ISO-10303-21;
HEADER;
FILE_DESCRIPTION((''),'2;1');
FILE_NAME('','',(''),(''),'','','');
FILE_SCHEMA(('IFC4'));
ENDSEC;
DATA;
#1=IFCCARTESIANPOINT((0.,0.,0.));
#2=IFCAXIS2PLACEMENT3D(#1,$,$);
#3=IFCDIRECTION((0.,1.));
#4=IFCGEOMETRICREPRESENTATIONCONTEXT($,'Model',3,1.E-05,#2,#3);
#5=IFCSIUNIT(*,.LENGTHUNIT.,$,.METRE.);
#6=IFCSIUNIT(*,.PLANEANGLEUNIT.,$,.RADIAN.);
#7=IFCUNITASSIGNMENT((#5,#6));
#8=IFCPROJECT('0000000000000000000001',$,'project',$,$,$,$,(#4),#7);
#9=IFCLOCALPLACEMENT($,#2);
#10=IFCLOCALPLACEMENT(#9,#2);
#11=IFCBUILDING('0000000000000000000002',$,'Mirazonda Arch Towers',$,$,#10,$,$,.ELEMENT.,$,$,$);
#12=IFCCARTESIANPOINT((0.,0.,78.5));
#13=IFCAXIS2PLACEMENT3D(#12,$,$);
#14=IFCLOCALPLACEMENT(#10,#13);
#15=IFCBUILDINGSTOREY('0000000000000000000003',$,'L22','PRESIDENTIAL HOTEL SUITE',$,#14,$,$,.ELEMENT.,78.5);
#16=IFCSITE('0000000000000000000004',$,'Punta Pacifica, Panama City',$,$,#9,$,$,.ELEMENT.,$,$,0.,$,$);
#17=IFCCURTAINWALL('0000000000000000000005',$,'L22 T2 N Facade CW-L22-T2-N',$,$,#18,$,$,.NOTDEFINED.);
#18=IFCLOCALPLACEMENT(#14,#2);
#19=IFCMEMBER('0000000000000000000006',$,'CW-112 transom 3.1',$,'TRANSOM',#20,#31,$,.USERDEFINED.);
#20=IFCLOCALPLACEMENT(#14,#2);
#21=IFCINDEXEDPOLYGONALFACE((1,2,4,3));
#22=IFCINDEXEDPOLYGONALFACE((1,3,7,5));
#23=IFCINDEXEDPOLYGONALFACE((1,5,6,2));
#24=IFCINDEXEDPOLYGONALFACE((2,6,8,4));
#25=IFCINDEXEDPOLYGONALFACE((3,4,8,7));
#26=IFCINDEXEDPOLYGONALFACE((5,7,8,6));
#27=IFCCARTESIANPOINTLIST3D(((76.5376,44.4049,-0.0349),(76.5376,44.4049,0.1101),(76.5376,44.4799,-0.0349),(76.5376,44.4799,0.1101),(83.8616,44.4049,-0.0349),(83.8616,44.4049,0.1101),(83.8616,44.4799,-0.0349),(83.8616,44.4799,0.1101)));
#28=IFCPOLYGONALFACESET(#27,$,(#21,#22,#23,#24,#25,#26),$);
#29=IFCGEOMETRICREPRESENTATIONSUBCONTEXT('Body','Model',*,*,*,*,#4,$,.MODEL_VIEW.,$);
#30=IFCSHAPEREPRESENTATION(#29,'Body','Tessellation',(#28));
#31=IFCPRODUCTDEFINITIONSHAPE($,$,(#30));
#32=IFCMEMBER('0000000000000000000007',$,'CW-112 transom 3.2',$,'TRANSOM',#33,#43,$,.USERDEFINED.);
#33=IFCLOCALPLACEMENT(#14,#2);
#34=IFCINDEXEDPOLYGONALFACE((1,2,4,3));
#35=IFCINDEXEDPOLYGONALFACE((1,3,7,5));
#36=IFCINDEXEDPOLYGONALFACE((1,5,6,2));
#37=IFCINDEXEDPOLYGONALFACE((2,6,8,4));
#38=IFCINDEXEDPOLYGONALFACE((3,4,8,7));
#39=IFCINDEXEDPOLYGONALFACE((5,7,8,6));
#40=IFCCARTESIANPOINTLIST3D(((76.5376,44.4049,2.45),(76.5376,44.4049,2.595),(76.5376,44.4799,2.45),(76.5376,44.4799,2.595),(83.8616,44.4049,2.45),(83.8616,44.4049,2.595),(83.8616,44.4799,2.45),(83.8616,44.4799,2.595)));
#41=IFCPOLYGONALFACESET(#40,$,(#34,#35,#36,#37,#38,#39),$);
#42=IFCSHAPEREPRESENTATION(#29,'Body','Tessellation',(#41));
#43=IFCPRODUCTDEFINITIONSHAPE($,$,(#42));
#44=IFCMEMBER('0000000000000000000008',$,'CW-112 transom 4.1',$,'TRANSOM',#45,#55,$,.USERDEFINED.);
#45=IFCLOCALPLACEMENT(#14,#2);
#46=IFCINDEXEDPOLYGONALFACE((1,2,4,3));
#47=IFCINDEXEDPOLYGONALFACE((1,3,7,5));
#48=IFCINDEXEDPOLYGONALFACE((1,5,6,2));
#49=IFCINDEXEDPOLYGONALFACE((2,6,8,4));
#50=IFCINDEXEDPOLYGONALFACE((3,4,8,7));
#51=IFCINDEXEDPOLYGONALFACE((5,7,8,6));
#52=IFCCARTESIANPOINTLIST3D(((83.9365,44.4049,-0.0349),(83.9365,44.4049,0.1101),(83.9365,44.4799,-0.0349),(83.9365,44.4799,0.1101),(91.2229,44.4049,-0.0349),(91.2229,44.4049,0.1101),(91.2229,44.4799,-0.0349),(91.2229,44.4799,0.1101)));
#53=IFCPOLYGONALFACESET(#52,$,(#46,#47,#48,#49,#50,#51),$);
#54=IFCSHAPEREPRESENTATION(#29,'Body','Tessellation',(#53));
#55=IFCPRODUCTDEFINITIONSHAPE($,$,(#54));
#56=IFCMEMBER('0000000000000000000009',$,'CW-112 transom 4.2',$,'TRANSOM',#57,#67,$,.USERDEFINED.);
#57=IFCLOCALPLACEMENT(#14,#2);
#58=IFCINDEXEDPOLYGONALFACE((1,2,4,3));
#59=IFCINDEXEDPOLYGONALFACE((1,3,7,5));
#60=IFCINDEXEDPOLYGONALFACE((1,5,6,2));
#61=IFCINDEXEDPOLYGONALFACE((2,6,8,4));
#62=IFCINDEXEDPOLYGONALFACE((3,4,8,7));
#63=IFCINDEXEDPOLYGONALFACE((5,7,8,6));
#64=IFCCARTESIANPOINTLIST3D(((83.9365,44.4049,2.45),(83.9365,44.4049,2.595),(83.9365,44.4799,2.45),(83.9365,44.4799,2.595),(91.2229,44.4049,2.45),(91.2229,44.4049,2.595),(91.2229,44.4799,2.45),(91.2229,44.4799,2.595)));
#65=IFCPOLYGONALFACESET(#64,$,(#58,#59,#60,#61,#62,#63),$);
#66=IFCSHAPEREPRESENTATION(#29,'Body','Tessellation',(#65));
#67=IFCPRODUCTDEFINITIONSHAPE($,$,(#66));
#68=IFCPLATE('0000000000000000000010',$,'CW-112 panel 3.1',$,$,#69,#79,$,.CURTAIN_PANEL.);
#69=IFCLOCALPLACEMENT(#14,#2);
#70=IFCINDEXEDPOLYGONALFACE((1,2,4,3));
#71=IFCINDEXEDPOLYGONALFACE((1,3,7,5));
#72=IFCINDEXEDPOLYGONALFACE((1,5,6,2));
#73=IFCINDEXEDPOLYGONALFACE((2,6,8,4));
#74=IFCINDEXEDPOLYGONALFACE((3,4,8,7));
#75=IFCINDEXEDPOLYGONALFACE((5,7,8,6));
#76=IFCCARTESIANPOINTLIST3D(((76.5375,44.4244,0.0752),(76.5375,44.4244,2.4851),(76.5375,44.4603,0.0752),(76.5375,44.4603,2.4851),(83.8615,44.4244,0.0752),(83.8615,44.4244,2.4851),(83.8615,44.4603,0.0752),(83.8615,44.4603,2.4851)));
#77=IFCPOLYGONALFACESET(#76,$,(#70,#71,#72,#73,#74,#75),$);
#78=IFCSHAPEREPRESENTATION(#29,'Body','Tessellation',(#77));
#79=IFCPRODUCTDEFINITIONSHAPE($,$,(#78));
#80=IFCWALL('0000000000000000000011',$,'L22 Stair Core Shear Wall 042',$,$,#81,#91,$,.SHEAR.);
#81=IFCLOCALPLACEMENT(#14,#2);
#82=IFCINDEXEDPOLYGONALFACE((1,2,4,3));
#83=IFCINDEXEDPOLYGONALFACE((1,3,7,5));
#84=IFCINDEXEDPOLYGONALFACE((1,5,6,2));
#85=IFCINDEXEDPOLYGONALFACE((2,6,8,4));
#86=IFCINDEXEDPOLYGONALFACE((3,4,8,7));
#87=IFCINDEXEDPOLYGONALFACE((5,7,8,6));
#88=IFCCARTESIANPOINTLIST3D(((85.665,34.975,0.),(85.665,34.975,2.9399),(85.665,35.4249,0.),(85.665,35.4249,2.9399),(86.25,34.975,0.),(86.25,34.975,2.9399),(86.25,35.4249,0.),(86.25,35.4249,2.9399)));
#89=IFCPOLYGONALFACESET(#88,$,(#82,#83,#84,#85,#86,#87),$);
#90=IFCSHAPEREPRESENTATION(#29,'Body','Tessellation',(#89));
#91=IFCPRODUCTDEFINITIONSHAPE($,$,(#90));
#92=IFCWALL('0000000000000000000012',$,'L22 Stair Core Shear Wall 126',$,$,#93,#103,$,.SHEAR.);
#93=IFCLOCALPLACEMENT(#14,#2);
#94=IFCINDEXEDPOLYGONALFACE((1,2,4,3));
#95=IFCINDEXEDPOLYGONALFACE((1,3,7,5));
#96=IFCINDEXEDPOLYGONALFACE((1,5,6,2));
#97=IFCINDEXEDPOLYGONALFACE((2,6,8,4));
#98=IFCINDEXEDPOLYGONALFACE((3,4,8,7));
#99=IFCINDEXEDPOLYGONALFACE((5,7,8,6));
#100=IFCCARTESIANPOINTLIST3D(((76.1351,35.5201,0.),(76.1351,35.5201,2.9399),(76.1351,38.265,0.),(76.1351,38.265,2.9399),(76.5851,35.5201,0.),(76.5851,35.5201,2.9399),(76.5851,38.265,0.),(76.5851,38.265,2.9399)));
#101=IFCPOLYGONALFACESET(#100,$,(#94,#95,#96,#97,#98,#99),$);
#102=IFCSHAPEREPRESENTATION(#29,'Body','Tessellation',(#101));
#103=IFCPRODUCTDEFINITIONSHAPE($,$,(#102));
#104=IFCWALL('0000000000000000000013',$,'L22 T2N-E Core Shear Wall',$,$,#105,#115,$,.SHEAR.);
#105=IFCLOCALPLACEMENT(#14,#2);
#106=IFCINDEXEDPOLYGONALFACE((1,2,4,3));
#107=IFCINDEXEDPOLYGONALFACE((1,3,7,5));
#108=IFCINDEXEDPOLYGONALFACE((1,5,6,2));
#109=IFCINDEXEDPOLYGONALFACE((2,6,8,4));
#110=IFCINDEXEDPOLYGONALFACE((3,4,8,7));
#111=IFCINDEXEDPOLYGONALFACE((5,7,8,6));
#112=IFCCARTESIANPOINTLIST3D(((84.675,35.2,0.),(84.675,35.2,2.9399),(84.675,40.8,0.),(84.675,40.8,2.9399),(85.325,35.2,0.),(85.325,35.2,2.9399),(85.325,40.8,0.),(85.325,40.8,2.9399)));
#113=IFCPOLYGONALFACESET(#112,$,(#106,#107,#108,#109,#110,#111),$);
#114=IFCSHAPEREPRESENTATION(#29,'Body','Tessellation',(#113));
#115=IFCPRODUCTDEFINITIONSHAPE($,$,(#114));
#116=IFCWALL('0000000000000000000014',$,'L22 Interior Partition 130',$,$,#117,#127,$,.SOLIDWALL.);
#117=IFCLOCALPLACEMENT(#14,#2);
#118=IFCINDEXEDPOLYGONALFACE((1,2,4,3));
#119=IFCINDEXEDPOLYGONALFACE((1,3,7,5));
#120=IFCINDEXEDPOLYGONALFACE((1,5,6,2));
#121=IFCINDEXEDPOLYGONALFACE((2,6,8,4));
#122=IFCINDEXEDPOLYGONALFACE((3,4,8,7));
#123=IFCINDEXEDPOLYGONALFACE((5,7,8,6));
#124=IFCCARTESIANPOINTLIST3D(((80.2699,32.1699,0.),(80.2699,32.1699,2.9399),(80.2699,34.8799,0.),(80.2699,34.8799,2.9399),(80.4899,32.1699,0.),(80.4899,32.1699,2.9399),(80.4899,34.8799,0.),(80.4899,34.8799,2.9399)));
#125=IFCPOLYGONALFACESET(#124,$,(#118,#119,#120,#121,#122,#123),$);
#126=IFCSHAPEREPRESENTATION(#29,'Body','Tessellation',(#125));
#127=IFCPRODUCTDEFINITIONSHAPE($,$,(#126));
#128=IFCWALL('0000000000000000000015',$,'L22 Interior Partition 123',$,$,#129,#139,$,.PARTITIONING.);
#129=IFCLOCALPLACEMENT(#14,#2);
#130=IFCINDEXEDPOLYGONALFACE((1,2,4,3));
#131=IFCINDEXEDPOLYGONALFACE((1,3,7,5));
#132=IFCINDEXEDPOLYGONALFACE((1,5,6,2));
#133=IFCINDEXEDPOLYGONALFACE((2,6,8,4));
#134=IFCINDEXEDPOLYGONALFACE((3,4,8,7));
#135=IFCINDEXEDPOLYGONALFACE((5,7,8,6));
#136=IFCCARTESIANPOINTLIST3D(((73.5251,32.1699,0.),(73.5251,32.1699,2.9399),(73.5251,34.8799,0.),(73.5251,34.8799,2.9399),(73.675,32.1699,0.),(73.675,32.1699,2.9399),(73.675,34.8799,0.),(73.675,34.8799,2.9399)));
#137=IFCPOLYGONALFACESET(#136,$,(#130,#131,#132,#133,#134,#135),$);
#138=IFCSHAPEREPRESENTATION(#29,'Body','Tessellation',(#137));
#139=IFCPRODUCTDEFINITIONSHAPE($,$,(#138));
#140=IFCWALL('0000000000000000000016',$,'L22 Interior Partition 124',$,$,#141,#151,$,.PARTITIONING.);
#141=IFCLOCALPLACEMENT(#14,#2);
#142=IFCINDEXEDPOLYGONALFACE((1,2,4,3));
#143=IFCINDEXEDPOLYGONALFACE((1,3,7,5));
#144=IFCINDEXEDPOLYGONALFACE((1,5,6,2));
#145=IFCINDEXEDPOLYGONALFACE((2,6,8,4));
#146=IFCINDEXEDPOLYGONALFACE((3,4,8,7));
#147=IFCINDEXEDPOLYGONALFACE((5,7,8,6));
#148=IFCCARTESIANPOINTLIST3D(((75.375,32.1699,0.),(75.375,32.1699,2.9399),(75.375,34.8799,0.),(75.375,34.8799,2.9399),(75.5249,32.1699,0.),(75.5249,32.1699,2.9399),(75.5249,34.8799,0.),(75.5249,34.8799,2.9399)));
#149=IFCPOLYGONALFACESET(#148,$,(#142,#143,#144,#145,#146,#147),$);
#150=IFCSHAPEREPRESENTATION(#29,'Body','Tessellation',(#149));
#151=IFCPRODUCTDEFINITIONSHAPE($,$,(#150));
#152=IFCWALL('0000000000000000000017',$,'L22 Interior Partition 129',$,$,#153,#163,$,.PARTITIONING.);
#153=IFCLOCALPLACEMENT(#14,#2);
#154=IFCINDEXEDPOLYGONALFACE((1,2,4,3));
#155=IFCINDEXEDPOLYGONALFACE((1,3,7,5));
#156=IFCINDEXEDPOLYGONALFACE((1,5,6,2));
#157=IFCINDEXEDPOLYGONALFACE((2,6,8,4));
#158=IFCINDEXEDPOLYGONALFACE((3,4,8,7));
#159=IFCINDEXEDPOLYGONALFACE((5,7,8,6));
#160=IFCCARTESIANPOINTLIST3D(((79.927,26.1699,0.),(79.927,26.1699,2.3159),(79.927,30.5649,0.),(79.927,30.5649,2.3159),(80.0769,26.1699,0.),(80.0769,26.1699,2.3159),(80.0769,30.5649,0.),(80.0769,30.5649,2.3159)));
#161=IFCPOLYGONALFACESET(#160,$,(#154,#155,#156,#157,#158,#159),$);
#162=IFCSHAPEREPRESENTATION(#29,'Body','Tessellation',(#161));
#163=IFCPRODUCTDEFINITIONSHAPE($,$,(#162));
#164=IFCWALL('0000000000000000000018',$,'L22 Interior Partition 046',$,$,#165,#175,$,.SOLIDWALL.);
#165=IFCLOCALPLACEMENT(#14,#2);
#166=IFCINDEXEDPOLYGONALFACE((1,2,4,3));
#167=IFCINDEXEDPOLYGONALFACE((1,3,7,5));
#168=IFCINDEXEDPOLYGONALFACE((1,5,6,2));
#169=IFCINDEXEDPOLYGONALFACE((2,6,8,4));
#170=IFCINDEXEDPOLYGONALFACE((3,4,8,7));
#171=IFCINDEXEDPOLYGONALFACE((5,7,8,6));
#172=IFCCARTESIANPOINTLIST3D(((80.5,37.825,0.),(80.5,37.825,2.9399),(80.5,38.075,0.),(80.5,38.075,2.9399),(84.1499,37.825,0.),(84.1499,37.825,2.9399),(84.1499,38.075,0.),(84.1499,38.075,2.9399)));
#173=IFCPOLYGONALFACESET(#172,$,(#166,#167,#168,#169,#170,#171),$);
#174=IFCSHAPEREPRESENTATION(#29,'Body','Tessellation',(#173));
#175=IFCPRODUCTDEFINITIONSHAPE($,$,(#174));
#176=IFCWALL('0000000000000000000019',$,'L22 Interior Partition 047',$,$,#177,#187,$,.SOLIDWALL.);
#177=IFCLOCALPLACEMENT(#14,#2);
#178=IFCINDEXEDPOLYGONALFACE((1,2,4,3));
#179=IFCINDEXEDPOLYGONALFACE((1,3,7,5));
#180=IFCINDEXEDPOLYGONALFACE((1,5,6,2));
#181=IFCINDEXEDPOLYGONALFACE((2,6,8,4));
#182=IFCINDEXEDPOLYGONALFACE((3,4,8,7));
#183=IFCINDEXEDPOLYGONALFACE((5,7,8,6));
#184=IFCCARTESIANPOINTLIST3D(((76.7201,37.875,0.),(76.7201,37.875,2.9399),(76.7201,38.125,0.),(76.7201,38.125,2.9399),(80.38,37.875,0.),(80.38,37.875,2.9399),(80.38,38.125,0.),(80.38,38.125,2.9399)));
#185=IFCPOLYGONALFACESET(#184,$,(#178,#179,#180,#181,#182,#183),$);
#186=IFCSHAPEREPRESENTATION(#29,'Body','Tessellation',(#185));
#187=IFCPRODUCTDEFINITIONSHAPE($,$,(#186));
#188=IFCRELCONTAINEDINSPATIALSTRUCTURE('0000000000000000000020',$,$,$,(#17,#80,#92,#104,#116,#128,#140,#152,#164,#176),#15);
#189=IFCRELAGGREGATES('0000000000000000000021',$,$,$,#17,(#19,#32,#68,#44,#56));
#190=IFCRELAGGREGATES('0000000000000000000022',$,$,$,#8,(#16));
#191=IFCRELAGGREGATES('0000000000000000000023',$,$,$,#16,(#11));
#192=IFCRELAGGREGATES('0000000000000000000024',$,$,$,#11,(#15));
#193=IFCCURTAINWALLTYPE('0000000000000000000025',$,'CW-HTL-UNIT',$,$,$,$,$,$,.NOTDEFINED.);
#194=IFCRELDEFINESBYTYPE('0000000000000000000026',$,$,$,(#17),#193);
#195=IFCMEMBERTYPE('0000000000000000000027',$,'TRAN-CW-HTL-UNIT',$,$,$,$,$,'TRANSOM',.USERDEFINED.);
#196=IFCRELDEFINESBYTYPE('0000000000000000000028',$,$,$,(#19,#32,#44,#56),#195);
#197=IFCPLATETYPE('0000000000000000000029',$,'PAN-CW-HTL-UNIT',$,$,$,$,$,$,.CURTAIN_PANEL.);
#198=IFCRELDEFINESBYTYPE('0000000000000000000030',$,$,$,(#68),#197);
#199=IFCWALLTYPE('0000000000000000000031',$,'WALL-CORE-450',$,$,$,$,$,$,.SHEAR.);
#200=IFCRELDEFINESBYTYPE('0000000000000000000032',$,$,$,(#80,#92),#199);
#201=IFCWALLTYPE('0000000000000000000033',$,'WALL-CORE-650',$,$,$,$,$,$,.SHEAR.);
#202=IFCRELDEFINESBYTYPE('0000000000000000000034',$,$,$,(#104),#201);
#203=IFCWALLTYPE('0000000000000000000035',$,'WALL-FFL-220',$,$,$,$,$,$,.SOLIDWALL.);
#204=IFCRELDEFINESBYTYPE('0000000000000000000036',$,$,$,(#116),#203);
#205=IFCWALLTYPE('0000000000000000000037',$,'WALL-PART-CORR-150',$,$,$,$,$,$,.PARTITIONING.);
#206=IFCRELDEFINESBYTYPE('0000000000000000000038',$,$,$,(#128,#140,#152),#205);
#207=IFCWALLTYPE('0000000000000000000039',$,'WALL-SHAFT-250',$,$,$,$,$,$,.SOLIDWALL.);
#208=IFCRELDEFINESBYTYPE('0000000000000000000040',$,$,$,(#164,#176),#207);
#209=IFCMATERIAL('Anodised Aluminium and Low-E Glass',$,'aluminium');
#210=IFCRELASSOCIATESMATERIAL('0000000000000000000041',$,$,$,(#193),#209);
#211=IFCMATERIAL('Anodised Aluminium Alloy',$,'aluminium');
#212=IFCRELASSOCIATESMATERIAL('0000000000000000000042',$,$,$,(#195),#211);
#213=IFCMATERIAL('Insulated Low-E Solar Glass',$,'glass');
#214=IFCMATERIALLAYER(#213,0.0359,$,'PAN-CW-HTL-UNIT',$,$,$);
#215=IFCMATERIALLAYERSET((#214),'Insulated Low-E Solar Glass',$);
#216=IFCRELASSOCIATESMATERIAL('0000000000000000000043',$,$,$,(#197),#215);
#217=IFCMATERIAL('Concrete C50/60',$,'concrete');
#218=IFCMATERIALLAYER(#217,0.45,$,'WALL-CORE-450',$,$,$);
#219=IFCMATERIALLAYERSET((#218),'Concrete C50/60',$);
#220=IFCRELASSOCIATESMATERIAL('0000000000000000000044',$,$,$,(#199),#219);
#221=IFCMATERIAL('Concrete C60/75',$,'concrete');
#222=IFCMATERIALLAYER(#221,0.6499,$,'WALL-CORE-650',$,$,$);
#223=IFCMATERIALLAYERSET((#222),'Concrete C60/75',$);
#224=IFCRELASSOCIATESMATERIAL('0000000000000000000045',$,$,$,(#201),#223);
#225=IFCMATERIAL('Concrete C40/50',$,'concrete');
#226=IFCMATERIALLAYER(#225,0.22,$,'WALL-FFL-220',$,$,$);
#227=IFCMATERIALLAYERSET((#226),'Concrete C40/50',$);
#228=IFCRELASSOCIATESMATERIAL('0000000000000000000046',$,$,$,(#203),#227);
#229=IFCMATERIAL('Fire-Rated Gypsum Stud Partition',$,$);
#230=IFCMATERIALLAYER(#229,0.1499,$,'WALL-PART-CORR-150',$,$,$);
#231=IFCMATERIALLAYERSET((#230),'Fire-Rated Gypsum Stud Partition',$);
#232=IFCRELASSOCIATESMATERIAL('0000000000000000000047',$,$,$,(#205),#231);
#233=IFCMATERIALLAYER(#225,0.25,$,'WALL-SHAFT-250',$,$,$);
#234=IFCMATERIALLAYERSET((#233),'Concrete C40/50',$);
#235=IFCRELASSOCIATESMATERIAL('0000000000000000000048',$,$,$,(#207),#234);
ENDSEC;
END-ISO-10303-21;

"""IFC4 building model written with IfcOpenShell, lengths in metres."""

from ifc_helpers import new_model, si_unit, direction, frame, frame_2d, origin, origin_2d, place, context, subcontext, project, spatial, rectangle, extrude, material, layer, layer_set, material_profile, profile_set, type_object, element, aggregate, save


model = new_model("IFC4")

# Units and contexts
model_context = context("Model", 3, precision=1e-05, world=origin(), true_north=direction((0.0, 1.0)))
body_context = subcontext(model_context, "Body", "Model", "MODEL_VIEW")
ifc_project = project(units=[si_unit("LENGTHUNIT", "METRE"), si_unit("PLANEANGLEUNIT", "RADIAN")], contexts=[model_context])

# Site, building, storey
site_placement = place(None, origin())
site = spatial("IfcSite", under=ifc_project, at=site_placement, Name="Punta Pacifica, Panama City", CompositionType="ELEMENT", RefElevation=0.0)
building_placement = place(site_placement, origin())
building = spatial("IfcBuilding", under=site, at=building_placement, Name="Mirazonda Arch Towers", CompositionType="ELEMENT")
storey_placement = place(building_placement, frame((0.0, 0.0, 78.5)))
storey = spatial("IfcBuildingStorey", under=building, at=storey_placement, Name="L22", Description="PRESIDENTIAL HOTEL SUITE", CompositionType="ELEMENT", Elevation=78.5)

# Shared definitions
ifc_material_1 = material(Name="Concrete C60/75", Category="concrete")

# Curtain wall, members, plate
ifc_material_2 = material(Name="Anodised Aluminium and Low-E Glass", Category="aluminium")
curtain_wall_type = type_object("IfcCurtainWallType", Name="CW-HTL-UNIT", PredefinedType="NOTDEFINED", material=ifc_material_2)
curtain_wall_placement = place(storey_placement, origin())
curtain_wall = element("IfcCurtainWall", 1, at=curtain_wall_placement, inside=storey, type_object=curtain_wall_type, Name="L22 T2 N Facade CW-L22-T2-N", PredefinedType="NOTDEFINED")
ifc_material_3 = material(Name="Anodised Aluminium Alloy", Category="aluminium")
ifc_material_profile_1 = material_profile(ifc_material_3, rectangle(XDim=0.075, YDim=0.145, at=origin_2d()), Name="ALU-TRAN-75x145")
ifc_profile_set_1 = profile_set([ifc_material_profile_1], Name="Anodised Aluminium Alloy")
member_type_1 = type_object("IfcMemberType", Name="TRAN-CW-HTL-UNIT", ElementType="TRANSOM", PredefinedType="USERDEFINED", material=ifc_profile_set_1)
member_1_placement = place(storey_placement, frame((76.5376, 44.4424, 0.0376), z_axis=(1.0, 0.0, 0.0), x_axis=(0.0, 1.0, 0.0)))
member_1 = element("IfcMember", 2, at=member_1_placement, type_object=member_type_1, Name="CW-112 transom 3.1", ObjectType="TRANSOM", PredefinedType="USERDEFINED", context=body_context, shape_type="SweptSolid", body=[
    extrude(rectangle(XDim=0.075, YDim=0.145, at=origin_2d()), origin(), (0.0, 0.0, 1.0), 7.324),
])
member_2_placement = place(storey_placement, frame((76.5376, 44.4424, 2.5225), z_axis=(1.0, 0.0, 0.0), x_axis=(0.0, 1.0, 0.0)))
member_2 = element("IfcMember", 3, at=member_2_placement, type_object=member_type_1, Name="CW-112 transom 3.2", ObjectType="TRANSOM", PredefinedType="USERDEFINED", context=body_context, shape_type="SweptSolid", body=[
    extrude(rectangle(XDim=0.075, YDim=0.145, at=origin_2d()), origin(), (0.0, 0.0, 1.0), 7.324),
])
member_3_placement = place(storey_placement, frame((83.9365, 44.4424, 0.0376), z_axis=(1.0, 0.0, 0.0), x_axis=(0.0, 1.0, 0.0)))
member_3 = element("IfcMember", 4, at=member_3_placement, type_object=member_type_1, Name="CW-112 transom 4.1", ObjectType="TRANSOM", PredefinedType="USERDEFINED", context=body_context, shape_type="SweptSolid", body=[
    extrude(rectangle(XDim=0.075, YDim=0.145, at=origin_2d()), origin(), (0.0, 0.0, 1.0), 7.2864),
])
member_4_placement = place(storey_placement, frame((83.9365, 44.4424, 2.5225), z_axis=(1.0, 0.0, 0.0), x_axis=(0.0, 1.0, 0.0)))
member_4 = element("IfcMember", 5, at=member_4_placement, type_object=member_type_1, Name="CW-112 transom 4.2", ObjectType="TRANSOM", PredefinedType="USERDEFINED", context=body_context, shape_type="SweptSolid", body=[
    extrude(rectangle(XDim=0.075, YDim=0.145, at=origin_2d()), origin(), (0.0, 0.0, 1.0), 7.2864),
])
ifc_material_4 = material(Name="Insulated Low-E Solar Glass", Category="glass")
ifc_layer_1 = layer(ifc_material_4, 0.0359, Name="PAN-CW-HTL-UNIT")
ifc_layer_set_1 = layer_set([ifc_layer_1], Name="Insulated Low-E Solar Glass")
plate_type = type_object("IfcPlateType", Name="PAN-CW-HTL-UNIT", PredefinedType="CURTAIN_PANEL", material=ifc_layer_set_1)
plate_placement = place(storey_placement, frame((80.1995, 44.4424, 0.0752), z_axis=(0.0, 0.0, 1.0), x_axis=(1.0, 0.0, 0.0)))
plate = element("IfcPlate", 6, at=plate_placement, type_object=plate_type, Name="CW-112 panel 3.1", PredefinedType="CURTAIN_PANEL", context=body_context, shape_type="SweptSolid", body=[
    extrude(rectangle(XDim=7.324, YDim=0.0359, at=origin_2d()), origin(), (0.0, 0.0, 1.0), 2.4099),
])
aggregate(curtain_wall, [member_1, member_2, plate, member_3, member_4])

# Walls
ifc_material_5 = material(Name="Concrete C50/60", Category="concrete")
ifc_layer_2 = layer(ifc_material_5, 0.45, Name="WALL-CORE-450")
ifc_layer_set_2 = layer_set([ifc_layer_2], Name="Concrete C50/60")
wall_type_1 = type_object("IfcWallType", Name="WALL-CORE-450", PredefinedType="SHEAR", material=ifc_layer_set_2)
wall_1_placement = place(storey_placement, frame((85.665, 35.2, 0.0), z_axis=(0.0, 0.0, 1.0), x_axis=(1.0, 0.0, 0.0)))
element("IfcWall", 7, at=wall_1_placement, inside=storey, type_object=wall_type_1, Name="L22 Stair Core Shear Wall 042", PredefinedType="SHEAR", context=body_context, shape_type="SweptSolid", body=[
    extrude(rectangle(XDim=0.585, YDim=0.45, at=frame_2d((0.2925, 0.0))), origin(), (0.0, 0.0, 1.0), 2.9399),
])
wall_2_placement = place(storey_placement, frame((76.3601, 35.52, 0.0), z_axis=(0.0, 0.0, 1.0), x_axis=(0.0, 1.0, 0.0)))
element("IfcWall", 8, at=wall_2_placement, inside=storey, type_object=wall_type_1, Name="L22 Stair Core Shear Wall 126", PredefinedType="SHEAR", context=body_context, shape_type="SweptSolid", body=[
    extrude(rectangle(XDim=2.7449, YDim=0.45, at=frame_2d((1.3726, 0.0))), origin(), (0.0, 0.0, 1.0), 2.9399),
])
ifc_layer_3 = layer(ifc_material_1, 0.6499, Name="WALL-CORE-650")
ifc_layer_set_3 = layer_set([ifc_layer_3], Name="Concrete C60/75")
wall_type_2 = type_object("IfcWallType", Name="WALL-CORE-650", PredefinedType="SHEAR", material=ifc_layer_set_3)
wall_3_placement = place(storey_placement, frame((85.0, 35.2, 0.0), z_axis=(0.0, 0.0, 1.0), x_axis=(0.0, 1.0, 0.0)))
element("IfcWall", 9, at=wall_3_placement, inside=storey, type_object=wall_type_2, Name="L22 T2N-E Core Shear Wall", PredefinedType="SHEAR", context=body_context, shape_type="SweptSolid", body=[
    extrude(rectangle(XDim=5.6001, YDim=0.6499, at=frame_2d((2.8, 0.0))), origin(), (0.0, 0.0, 1.0), 2.9399),
])
ifc_material_6 = material(Name="Concrete C40/50", Category="concrete")
ifc_layer_4 = layer(ifc_material_6, 0.22, Name="WALL-FFL-220")
ifc_layer_set_4 = layer_set([ifc_layer_4], Name="Concrete C40/50")
wall_type_3 = type_object("IfcWallType", Name="WALL-FFL-220", PredefinedType="SOLIDWALL", material=ifc_layer_set_4)
wall_4_placement = place(storey_placement, frame((80.3799, 32.1699, 0.0), z_axis=(0.0, 0.0, 1.0), x_axis=(0.0, 1.0, 0.0)))
element("IfcWall", 10, at=wall_4_placement, inside=storey, type_object=wall_type_3, Name="L22 Interior Partition 130", PredefinedType="SOLIDWALL", context=body_context, shape_type="SweptSolid", body=[
    extrude(rectangle(XDim=2.71, YDim=0.22, at=frame_2d((1.355, 0.0))), origin(), (0.0, 0.0, 1.0), 2.9399),
])
ifc_material_7 = material(Name="Fire-Rated Gypsum Stud Partition")
ifc_layer_5 = layer(ifc_material_7, 0.1499, Name="WALL-PART-CORR-150")
ifc_layer_set_5 = layer_set([ifc_layer_5], Name="Fire-Rated Gypsum Stud Partition")
wall_type_4 = type_object("IfcWallType", Name="WALL-PART-CORR-150", PredefinedType="PARTITIONING", material=ifc_layer_set_5)
for number, where, z_axis, x_axis, name in (
    (11, (73.6001, 32.1699, 0.0), (0.0, 0.0, 1.0), (0.0, 1.0, 0.0), "L22 Interior Partition 123"),
    (12, (75.45, 32.1699, 0.0), (0.0, 0.0, 1.0), (0.0, 1.0, 0.0), "L22 Interior Partition 124"),
):
    element("IfcWall", number, at=place(storey_placement, frame(where, z_axis=z_axis, x_axis=x_axis)), inside=storey, type_object=wall_type_4, Name=name, PredefinedType="PARTITIONING", context=body_context, shape_type="SweptSolid", body=[
        extrude(rectangle(XDim=2.71, YDim=0.1499, at=frame_2d((1.355, 0.0))), origin(), (0.0, 0.0, 1.0), 2.9399),
    ])
wall_5_placement = place(storey_placement, frame((80.002, 26.1699, 0.0), z_axis=(0.0, 0.0, 1.0), x_axis=(0.0, 1.0, 0.0)))
element("IfcWall", 13, at=wall_5_placement, inside=storey, type_object=wall_type_4, Name="L22 Interior Partition 129", PredefinedType="PARTITIONING", context=body_context, shape_type="SweptSolid", body=[
    extrude(rectangle(XDim=4.395, YDim=0.1499, at=frame_2d((2.1975, 0.0))), origin(), (0.0, 0.0, 1.0), 2.3159),
])
ifc_layer_6 = layer(ifc_material_6, 0.25, Name="WALL-SHAFT-250")
ifc_layer_set_6 = layer_set([ifc_layer_6], Name="Concrete C40/50")
wall_type_5 = type_object("IfcWallType", Name="WALL-SHAFT-250", PredefinedType="SOLIDWALL", material=ifc_layer_set_6)
wall_6_placement = place(storey_placement, frame((80.5, 37.95, 0.0), z_axis=(0.0, 0.0, 1.0), x_axis=(1.0, 0.0, 0.0)))
element("IfcWall", 14, at=wall_6_placement, inside=storey, type_object=wall_type_5, Name="L22 Interior Partition 046", PredefinedType="SOLIDWALL", context=body_context, shape_type="SweptSolid", body=[
    extrude(rectangle(XDim=3.6499, YDim=0.25, at=frame_2d((1.825, 0.0))), origin(), (0.0, 0.0, 1.0), 2.9399),
])
wall_7_placement = place(storey_placement, frame((76.72, 38.0, 0.0), z_axis=(0.0, 0.0, 1.0), x_axis=(1.0, 0.0, 0.0)))
element("IfcWall", 15, at=wall_7_placement, inside=storey, type_object=wall_type_5, Name="L22 Interior Partition 047", PredefinedType="SOLIDWALL", context=body_context, shape_type="SweptSolid", body=[
    extrude(rectangle(XDim=3.6599, YDim=0.25, at=frame_2d((1.8301, 0.0))), origin(), (0.0, 0.0, 1.0), 2.9399),
])

save(model, "model.ifc")
